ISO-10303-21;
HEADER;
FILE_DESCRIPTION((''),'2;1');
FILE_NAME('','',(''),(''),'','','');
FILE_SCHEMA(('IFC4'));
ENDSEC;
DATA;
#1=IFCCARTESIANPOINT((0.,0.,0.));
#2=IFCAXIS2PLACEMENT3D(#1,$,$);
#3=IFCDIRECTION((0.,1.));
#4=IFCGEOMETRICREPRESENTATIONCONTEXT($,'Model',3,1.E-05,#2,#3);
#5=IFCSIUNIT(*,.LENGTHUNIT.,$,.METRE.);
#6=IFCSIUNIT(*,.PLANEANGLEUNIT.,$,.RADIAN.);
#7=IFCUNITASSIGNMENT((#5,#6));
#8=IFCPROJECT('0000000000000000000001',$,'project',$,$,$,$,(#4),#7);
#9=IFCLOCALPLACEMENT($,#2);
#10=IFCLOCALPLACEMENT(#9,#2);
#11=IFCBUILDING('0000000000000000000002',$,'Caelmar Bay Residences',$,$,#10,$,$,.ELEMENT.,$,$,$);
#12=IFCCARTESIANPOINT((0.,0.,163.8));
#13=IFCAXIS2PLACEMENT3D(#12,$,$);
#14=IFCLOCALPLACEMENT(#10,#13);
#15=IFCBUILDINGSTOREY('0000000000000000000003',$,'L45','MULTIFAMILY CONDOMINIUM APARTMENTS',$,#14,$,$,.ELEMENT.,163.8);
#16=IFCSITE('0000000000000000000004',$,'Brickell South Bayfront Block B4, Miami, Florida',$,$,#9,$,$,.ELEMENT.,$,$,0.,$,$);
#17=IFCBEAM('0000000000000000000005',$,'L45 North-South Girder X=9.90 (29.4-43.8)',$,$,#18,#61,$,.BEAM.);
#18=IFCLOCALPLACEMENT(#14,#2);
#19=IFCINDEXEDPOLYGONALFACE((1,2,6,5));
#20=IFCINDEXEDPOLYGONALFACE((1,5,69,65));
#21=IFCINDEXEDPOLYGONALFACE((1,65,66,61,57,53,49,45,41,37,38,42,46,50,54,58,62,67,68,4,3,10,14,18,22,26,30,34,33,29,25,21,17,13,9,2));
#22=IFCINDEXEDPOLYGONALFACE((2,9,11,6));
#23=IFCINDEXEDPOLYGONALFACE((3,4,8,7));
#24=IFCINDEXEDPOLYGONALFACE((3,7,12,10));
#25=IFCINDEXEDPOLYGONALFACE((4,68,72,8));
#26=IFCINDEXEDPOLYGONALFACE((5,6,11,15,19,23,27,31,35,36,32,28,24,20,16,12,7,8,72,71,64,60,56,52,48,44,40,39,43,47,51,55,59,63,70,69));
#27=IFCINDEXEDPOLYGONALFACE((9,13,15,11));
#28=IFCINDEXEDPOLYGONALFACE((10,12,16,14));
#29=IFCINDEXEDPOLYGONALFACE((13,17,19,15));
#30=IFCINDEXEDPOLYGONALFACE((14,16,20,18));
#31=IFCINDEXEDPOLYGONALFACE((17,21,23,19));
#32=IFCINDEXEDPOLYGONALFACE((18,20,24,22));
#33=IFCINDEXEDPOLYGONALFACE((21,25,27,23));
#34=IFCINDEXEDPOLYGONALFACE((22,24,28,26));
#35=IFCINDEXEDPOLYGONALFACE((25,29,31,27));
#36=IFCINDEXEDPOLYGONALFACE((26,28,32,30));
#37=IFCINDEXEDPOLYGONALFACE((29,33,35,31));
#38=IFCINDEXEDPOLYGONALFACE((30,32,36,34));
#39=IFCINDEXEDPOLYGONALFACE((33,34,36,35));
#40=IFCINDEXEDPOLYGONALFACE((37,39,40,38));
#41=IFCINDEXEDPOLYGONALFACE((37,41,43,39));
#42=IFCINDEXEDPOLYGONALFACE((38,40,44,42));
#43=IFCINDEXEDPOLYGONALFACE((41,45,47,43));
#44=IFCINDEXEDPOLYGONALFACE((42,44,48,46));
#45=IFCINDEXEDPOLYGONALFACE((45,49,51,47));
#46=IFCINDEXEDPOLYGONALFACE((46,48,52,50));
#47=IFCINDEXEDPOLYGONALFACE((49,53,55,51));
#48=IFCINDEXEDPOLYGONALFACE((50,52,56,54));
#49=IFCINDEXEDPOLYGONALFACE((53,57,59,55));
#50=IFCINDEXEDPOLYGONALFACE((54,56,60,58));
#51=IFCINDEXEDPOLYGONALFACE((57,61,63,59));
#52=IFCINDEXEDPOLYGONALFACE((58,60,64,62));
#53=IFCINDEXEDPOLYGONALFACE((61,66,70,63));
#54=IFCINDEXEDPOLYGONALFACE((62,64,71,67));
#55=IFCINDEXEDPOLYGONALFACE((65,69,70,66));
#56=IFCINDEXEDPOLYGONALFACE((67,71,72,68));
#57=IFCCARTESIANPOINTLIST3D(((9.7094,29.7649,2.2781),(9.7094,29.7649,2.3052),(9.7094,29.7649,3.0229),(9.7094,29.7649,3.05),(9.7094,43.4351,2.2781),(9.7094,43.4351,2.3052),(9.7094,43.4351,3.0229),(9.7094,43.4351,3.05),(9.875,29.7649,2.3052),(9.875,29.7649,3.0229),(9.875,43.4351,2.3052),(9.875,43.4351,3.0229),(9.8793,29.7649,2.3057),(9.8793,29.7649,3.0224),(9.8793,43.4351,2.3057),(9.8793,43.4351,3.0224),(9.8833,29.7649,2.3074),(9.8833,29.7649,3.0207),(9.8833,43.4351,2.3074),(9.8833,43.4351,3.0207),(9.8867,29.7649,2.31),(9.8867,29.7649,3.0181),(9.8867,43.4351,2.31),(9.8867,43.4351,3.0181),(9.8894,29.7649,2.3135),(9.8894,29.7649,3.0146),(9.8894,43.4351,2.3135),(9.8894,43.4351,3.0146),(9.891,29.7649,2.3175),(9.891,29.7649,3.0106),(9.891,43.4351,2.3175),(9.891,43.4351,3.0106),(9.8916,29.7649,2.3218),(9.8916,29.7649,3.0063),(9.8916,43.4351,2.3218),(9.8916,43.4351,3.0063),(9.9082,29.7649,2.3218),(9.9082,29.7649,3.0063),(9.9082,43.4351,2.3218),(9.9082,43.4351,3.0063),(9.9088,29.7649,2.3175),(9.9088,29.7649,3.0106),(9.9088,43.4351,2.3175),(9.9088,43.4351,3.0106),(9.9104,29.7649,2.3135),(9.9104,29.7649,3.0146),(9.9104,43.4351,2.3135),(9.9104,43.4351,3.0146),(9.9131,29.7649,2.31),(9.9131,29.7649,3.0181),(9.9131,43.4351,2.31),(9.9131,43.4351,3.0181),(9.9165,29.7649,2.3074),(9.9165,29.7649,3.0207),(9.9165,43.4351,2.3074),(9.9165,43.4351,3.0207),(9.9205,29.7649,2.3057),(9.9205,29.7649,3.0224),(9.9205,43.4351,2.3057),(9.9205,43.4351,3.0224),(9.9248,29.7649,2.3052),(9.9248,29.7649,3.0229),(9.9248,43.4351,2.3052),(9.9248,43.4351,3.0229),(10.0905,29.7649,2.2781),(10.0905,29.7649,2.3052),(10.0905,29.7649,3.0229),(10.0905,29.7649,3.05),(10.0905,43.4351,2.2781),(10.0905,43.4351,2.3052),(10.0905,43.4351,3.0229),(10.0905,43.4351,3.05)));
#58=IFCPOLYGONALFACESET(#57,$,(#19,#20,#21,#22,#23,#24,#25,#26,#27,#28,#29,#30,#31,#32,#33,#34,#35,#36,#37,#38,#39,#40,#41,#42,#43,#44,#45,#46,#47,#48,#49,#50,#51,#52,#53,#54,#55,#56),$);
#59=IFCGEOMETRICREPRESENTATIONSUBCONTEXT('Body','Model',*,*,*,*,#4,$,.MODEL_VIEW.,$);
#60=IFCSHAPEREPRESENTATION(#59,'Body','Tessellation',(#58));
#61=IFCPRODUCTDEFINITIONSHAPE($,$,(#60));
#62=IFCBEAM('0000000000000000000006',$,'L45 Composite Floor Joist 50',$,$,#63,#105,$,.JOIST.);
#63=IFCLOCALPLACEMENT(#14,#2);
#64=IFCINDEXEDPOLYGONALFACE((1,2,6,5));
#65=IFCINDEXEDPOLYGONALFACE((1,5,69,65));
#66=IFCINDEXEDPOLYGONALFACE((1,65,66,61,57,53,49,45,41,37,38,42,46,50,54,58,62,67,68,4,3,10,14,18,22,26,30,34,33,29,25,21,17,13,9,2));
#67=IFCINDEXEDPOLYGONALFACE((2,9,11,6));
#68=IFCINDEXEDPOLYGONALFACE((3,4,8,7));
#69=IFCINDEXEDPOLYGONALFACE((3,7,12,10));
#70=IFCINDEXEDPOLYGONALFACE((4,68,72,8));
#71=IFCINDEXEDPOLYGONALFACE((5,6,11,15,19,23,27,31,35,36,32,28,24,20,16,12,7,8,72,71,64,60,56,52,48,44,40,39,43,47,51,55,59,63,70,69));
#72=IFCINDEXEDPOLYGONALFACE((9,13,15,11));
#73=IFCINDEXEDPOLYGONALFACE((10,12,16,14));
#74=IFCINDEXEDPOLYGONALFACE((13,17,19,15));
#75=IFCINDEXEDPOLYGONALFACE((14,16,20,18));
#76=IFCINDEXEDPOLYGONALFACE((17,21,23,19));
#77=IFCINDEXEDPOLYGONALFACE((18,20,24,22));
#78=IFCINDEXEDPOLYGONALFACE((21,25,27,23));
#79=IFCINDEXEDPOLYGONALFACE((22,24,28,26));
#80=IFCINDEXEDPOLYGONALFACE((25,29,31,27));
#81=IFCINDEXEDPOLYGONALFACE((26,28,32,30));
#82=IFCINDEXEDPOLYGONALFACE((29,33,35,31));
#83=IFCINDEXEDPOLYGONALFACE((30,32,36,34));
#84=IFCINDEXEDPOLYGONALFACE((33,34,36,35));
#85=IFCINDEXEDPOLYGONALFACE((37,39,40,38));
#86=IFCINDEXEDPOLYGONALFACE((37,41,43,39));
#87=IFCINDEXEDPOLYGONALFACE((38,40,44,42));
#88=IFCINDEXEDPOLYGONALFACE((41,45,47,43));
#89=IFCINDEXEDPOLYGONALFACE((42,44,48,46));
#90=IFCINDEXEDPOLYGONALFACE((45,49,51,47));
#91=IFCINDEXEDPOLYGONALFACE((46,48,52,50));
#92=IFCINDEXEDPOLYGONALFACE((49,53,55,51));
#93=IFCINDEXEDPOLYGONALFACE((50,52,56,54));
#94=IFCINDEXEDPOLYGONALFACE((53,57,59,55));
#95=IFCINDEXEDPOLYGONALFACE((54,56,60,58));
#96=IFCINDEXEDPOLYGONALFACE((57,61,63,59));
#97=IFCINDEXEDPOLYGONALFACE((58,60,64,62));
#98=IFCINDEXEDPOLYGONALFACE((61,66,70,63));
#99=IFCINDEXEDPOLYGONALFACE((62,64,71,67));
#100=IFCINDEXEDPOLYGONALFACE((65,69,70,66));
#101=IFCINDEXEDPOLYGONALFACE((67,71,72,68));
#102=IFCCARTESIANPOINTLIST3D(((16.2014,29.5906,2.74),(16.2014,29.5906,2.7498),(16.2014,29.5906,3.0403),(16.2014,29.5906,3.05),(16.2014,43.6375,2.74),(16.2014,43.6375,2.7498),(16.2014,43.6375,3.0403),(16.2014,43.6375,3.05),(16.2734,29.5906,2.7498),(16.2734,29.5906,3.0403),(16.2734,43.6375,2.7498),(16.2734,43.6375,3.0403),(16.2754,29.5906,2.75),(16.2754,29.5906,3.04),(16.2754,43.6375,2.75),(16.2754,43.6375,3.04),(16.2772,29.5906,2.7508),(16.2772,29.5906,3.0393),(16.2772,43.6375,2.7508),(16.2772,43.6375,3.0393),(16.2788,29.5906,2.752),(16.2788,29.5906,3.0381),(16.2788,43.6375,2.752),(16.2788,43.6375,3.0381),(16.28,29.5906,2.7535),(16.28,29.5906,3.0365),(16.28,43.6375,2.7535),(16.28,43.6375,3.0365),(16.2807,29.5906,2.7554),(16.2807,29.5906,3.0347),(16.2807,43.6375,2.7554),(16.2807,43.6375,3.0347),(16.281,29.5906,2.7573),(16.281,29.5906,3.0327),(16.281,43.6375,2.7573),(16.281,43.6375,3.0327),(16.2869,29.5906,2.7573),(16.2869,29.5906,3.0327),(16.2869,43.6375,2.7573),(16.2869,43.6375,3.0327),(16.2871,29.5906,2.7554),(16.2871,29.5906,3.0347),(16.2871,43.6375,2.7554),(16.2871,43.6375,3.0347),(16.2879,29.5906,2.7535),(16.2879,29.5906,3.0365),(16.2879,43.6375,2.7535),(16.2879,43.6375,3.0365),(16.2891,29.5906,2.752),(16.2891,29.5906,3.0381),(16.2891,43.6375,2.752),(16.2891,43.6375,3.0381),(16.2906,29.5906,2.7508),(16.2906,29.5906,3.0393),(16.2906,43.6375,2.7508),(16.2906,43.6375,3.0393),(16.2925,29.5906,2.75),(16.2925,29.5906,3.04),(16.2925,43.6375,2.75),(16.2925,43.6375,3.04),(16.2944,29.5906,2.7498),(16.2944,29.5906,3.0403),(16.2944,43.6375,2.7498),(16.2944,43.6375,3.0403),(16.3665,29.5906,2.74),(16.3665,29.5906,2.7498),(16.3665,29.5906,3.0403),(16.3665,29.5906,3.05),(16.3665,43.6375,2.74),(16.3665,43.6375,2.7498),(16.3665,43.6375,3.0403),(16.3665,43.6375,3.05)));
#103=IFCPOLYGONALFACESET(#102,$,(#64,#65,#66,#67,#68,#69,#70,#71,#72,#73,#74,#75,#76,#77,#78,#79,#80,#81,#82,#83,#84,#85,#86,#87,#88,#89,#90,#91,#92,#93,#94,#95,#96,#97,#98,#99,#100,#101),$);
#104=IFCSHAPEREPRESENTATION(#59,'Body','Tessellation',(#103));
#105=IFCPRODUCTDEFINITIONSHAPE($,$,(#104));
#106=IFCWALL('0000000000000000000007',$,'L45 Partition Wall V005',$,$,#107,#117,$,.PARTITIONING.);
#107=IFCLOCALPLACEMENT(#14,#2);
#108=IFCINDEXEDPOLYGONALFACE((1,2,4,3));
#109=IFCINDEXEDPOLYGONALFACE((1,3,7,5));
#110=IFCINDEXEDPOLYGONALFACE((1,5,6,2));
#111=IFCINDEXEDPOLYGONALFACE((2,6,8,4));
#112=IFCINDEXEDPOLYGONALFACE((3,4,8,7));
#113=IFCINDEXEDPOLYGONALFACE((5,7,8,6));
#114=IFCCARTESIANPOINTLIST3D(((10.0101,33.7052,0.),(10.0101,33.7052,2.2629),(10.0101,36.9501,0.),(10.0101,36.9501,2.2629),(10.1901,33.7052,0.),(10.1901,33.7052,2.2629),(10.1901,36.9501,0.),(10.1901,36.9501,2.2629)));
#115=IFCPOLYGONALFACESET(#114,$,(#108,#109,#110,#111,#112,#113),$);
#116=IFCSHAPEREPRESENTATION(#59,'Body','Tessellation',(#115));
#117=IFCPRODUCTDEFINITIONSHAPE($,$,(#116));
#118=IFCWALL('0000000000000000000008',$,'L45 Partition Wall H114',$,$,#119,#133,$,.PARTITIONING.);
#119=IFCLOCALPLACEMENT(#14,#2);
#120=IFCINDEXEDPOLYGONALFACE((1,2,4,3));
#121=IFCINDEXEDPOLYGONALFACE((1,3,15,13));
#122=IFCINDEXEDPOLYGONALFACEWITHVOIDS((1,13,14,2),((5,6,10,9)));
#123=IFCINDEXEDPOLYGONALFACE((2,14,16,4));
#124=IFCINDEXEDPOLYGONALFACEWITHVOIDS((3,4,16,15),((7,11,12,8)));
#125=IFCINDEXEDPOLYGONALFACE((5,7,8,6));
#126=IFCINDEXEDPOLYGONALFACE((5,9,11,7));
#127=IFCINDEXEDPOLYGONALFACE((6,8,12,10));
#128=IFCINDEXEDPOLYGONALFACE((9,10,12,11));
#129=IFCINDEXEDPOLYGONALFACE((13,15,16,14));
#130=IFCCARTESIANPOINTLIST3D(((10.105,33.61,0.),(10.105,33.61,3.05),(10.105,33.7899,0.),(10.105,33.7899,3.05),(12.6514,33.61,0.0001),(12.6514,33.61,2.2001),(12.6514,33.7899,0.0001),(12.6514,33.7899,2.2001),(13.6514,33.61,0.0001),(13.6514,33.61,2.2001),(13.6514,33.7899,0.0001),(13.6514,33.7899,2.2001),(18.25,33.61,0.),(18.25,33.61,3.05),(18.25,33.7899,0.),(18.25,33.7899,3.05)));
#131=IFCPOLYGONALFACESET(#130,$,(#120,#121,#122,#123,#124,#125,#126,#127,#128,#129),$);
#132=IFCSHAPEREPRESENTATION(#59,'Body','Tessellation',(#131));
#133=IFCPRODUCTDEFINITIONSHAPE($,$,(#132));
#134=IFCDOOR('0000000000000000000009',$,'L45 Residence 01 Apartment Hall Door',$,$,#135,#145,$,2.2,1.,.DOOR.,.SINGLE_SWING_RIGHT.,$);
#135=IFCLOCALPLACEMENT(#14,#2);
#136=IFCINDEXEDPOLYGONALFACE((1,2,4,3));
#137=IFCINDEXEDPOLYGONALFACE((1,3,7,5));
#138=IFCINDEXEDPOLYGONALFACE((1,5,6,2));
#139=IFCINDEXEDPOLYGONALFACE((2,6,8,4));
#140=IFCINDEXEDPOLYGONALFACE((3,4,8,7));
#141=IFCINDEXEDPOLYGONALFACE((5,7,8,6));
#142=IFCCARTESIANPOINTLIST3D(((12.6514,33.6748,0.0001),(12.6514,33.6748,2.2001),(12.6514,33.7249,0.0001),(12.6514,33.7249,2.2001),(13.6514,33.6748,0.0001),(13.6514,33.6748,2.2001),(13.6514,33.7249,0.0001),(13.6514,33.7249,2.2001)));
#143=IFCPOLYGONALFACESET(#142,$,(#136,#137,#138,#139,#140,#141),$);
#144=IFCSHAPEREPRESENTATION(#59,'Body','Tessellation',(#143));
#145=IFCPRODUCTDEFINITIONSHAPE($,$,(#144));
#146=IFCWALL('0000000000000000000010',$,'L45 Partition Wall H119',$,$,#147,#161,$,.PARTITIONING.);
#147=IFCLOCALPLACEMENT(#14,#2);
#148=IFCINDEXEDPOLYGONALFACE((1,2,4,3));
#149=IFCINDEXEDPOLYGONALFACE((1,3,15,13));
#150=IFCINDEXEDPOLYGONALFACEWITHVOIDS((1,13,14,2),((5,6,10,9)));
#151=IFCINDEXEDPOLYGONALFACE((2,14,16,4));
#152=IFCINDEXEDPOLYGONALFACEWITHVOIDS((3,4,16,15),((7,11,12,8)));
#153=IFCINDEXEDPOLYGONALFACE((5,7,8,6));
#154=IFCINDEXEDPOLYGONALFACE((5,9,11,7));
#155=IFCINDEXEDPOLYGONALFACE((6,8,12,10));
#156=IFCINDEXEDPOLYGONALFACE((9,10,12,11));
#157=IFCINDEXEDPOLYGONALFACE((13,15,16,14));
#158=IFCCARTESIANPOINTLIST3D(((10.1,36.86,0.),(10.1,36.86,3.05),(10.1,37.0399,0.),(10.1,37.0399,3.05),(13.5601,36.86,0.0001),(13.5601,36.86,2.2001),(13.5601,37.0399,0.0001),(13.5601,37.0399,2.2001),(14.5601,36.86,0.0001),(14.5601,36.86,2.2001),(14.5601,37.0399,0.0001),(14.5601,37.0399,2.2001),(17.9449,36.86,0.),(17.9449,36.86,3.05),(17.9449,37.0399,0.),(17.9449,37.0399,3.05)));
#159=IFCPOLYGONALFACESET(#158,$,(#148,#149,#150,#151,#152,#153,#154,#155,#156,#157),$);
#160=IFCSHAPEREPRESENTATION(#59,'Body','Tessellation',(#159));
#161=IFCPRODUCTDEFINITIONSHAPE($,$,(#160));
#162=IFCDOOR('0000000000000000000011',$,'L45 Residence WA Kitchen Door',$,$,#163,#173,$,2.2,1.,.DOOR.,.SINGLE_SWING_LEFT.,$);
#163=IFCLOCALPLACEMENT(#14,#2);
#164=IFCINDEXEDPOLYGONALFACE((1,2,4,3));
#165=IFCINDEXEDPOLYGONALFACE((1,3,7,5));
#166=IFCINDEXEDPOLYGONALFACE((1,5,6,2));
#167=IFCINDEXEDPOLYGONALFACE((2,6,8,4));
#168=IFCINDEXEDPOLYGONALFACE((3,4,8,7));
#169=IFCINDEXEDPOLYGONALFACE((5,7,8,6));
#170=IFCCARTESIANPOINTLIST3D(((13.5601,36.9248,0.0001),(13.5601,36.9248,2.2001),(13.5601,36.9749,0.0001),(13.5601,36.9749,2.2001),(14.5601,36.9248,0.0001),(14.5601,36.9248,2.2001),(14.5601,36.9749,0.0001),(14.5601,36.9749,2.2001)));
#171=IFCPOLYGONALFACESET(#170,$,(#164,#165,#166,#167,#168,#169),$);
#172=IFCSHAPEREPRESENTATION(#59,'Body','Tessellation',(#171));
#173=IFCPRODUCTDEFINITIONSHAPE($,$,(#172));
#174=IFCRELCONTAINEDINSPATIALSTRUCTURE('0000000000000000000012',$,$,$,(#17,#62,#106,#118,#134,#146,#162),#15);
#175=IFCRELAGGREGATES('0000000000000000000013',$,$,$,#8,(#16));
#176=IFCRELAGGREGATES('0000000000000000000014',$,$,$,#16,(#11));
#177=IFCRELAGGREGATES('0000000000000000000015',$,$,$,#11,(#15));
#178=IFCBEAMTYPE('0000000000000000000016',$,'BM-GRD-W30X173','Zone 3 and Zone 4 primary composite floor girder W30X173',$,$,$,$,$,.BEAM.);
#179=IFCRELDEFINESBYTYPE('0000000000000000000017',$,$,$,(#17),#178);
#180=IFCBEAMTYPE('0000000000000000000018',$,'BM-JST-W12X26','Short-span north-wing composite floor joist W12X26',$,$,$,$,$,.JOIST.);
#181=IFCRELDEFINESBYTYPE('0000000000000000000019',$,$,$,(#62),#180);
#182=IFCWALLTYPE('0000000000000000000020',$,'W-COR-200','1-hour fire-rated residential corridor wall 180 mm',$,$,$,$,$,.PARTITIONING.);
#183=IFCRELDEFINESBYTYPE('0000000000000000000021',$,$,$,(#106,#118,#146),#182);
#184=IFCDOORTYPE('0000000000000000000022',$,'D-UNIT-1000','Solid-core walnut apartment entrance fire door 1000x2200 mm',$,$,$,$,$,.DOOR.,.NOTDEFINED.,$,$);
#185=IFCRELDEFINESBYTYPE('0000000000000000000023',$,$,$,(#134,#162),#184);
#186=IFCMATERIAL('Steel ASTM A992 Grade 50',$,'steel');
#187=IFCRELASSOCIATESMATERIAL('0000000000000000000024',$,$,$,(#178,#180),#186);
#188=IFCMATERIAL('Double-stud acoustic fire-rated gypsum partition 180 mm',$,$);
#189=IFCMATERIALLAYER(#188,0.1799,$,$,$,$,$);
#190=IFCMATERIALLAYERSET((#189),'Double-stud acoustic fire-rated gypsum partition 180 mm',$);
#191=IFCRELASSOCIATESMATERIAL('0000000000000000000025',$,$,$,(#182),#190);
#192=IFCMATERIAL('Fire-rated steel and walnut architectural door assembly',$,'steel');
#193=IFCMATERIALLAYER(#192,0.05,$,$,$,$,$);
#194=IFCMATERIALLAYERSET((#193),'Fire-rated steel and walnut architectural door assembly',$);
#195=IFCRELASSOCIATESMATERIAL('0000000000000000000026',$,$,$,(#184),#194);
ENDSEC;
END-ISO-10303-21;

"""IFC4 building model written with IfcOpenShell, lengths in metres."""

from ifc_helpers import new_model, si_unit, direction, frame, frame_2d, origin, origin_2d, place, context, subcontext, project, spatial, rectangle, i_section, extrude, material, layer, layer_set, material_profile, profile_set, type_object, element, fill, save


model = new_model("IFC4")

# Units and contexts
model_context = context("Model", 3, precision=1e-05, world=origin(), true_north=direction((0.0, 1.0)))
body_context = subcontext(model_context, "Body", "Model", "MODEL_VIEW")
ifc_project = project(units=[si_unit("LENGTHUNIT", "METRE"), si_unit("PLANEANGLEUNIT", "RADIAN")], contexts=[model_context])

# Site, building, storey
site_placement = place(None, origin())
site = spatial("IfcSite", under=ifc_project, at=site_placement, Name="Brickell South Bayfront Block B4, Miami, Florida", CompositionType="ELEMENT", RefElevation=0.0)
building_placement = place(site_placement, origin())
building = spatial("IfcBuilding", under=site, at=building_placement, Name="Caelmar Bay Residences", CompositionType="ELEMENT")
storey_placement = place(building_placement, frame((0.0, 0.0, 163.8)))
storey = spatial("IfcBuildingStorey", under=building, at=storey_placement, Name="L45", Description="MULTIFAMILY CONDOMINIUM APARTMENTS", CompositionType="ELEMENT", Elevation=163.8)

# Beams
ifc_material_1 = material(Name="Steel ASTM A992 Grade 50", Category="steel")
ifc_material_profile_1 = material_profile(ifc_material_1, i_section(OverallWidth=0.3811, OverallDepth=0.772, WebThickness=0.0166, FlangeThickness=0.0271, FilletRadius=0.0166, at=origin_2d()), Name="W30X173")
ifc_profile_set_1 = profile_set([ifc_material_profile_1], Name="Steel ASTM A992 Grade 50")
beam_type_1 = type_object("IfcBeamType", Name="BM-GRD-W30X173", Description="Zone 3 and Zone 4 primary composite floor girder W30X173", PredefinedType="BEAM", material=ifc_profile_set_1)
beam_1_placement = place(storey_placement, frame((9.8999, 29.7649, 2.6641), z_axis=(0.0, 1.0, 0.0), x_axis=(-1.0, 0.0, 0.0)))
element("IfcBeam", 1, at=beam_1_placement, inside=storey, type_object=beam_type_1, Name="L45 North-South Girder X=9.90 (29.4-43.8)", PredefinedType="BEAM", context=body_context, shape_type="SweptSolid", body=[
    extrude(i_section(OverallWidth=0.3811, OverallDepth=0.772, WebThickness=0.0166, FlangeThickness=0.0271, FilletRadius=0.0166, at=origin_2d()), origin(), (0.0, 0.0, 1.0), 13.6702),
])
ifc_material_profile_2 = material_profile(ifc_material_1, i_section(OverallWidth=0.165, OverallDepth=0.3101, WebThickness=0.0059, FlangeThickness=0.0098, FilletRadius=0.0076, at=origin_2d()), Name="W12X26")
ifc_profile_set_2 = profile_set([ifc_material_profile_2], Name="Steel ASTM A992 Grade 50")
beam_type_2 = type_object("IfcBeamType", Name="BM-JST-W12X26", Description="Short-span north-wing composite floor joist W12X26", PredefinedType="JOIST", material=ifc_profile_set_2)
beam_2_placement = place(storey_placement, frame((16.2839, 29.5906, 2.895), z_axis=(0.0, 1.0, 0.0), x_axis=(-1.0, 0.0, 0.0)))
element("IfcBeam", 2, at=beam_2_placement, inside=storey, type_object=beam_type_2, Name="L45 Composite Floor Joist 50", PredefinedType="JOIST", context=body_context, shape_type="SweptSolid", body=[
    extrude(i_section(OverallWidth=0.165, OverallDepth=0.3101, WebThickness=0.0059, FlangeThickness=0.0098, FilletRadius=0.0076, at=origin_2d()), origin(), (0.0, 0.0, 1.0), 14.0469),
])

# Shared definitions
ifc_material_2 = material(Name="Fire-rated steel and walnut architectural door assembly", Category="steel")

# Wall
ifc_material_3 = material(Name="Double-stud acoustic fire-rated gypsum partition 180 mm")
ifc_layer_1 = layer(ifc_material_3, 0.1799)
ifc_layer_set_1 = layer_set([ifc_layer_1], Name="Double-stud acoustic fire-rated gypsum partition 180 mm")
wall_type_1 = type_object("IfcWallType", Name="W-COR-200", Description="1-hour fire-rated residential corridor wall 180 mm", PredefinedType="PARTITIONING", material=ifc_layer_set_1)
wall_1_placement = place(storey_placement, frame((10.1001, 33.7051, 0.0), z_axis=(0.0, 0.0, 1.0), x_axis=(0.0, 1.0, 0.0)))
element("IfcWall", 3, at=wall_1_placement, inside=storey, type_object=wall_type_1, Name="L45 Partition Wall V005", PredefinedType="PARTITIONING", context=body_context, shape_type="SweptSolid", body=[
    extrude(rectangle(XDim=3.2449, YDim=0.1799, at=frame_2d((1.6226, 0.0))), origin(), (0.0, 0.0, 1.0), 2.2629),
])

# Walls, openings, doors
wall_2_placement = place(storey_placement, frame((10.105, 33.7, 0.0), z_axis=(0.0, 0.0, 1.0), x_axis=(1.0, 0.0, 0.0)))
wall_2 = element("IfcWall", 4, at=wall_2_placement, inside=storey, type_object=wall_type_1, Name="L45 Partition Wall H114", PredefinedType="PARTITIONING", context=body_context, shape_type="SweptSolid", body=[
    extrude(rectangle(XDim=8.145, YDim=0.1799, at=frame_2d((4.0725, 0.0))), origin(), (0.0, 0.0, 1.0), 3.05),
])
opening_1_placement = place(wall_2_placement, frame((2.5464, 0.0, 0.0)))
opening_1 = element("IfcOpeningElement", 5, at=opening_1_placement, cuts=wall_2, PredefinedType="OPENING", context=body_context, shape_type="SweptSolid", body=[
    extrude(rectangle(XDim=1.0, YDim=2.2, at=frame_2d((0.5, 1.1001))), frame((0.0, 0.0999, 0.0), z_axis=(0.0, -1.0, 0.0), x_axis=(1.0, 0.0, 0.0)), (0.0, 0.0, 1.0), 0.2),
])
ifc_layer_2 = layer(ifc_material_2, 0.05)
ifc_layer_set_2 = layer_set([ifc_layer_2], Name="Fire-rated steel and walnut architectural door assembly")
door_type_1 = type_object("IfcDoorType", Name="D-UNIT-1000", Description="Solid-core walnut apartment entrance fire door 1000x2200 mm", OperationType="NOTDEFINED", PredefinedType="DOOR", material=ifc_layer_set_2)
door_1_placement = place(opening_1_placement, origin())
door_1 = element("IfcDoor", 6, at=door_1_placement, inside=storey, type_object=door_type_1, Name="L45 Residence 01 Apartment Hall Door", OperationType="SINGLE_SWING_RIGHT", OverallHeight=2.2, OverallWidth=1.0, PredefinedType="DOOR", context=body_context, shape_type="SweptSolid", body=[
    extrude(rectangle(XDim=1.0, YDim=2.2, at=frame_2d((0.5, 1.1001))), frame((0.0, 0.0249, 0.0), z_axis=(0.0, -1.0, 0.0), x_axis=(1.0, 0.0, 0.0)), (0.0, 0.0, 1.0), 0.05),
])
fill(opening_1, door_1)
wall_3_placement = place(storey_placement, frame((10.1001, 36.95, 0.0), z_axis=(0.0, 0.0, 1.0), x_axis=(1.0, 0.0, 0.0)))
wall_3 = element("IfcWall", 7, at=wall_3_placement, inside=storey, type_object=wall_type_1, Name="L45 Partition Wall H119", PredefinedType="PARTITIONING", context=body_context, shape_type="SweptSolid", body=[
    extrude(rectangle(XDim=7.845, YDim=0.1799, at=frame_2d((3.9224, 0.0))), origin(), (0.0, 0.0, 1.0), 3.05),
])
opening_2_placement = place(wall_3_placement, frame((3.46, 0.0, 0.0)))
opening_2 = element("IfcOpeningElement", 8, at=opening_2_placement, cuts=wall_3, PredefinedType="OPENING", context=body_context, shape_type="SweptSolid", body=[
    extrude(rectangle(XDim=1.0, YDim=2.2, at=frame_2d((0.5, 1.1001))), frame((0.0, 0.0999, 0.0), z_axis=(0.0, -1.0, 0.0), x_axis=(1.0, 0.0, 0.0)), (0.0, 0.0, 1.0), 0.2),
])
door_2_placement = place(opening_2_placement, origin())
door_2 = element("IfcDoor", 9, at=door_2_placement, inside=storey, type_object=door_type_1, Name="L45 Residence WA Kitchen Door", OperationType="SINGLE_SWING_LEFT", OverallHeight=2.2, OverallWidth=1.0, PredefinedType="DOOR", context=body_context, shape_type="SweptSolid", body=[
    extrude(rectangle(XDim=1.0, YDim=2.2, at=frame_2d((0.5, 1.1001))), frame((0.0, 0.0249, 0.0), z_axis=(0.0, -1.0, 0.0), x_axis=(1.0, 0.0, 0.0)), (0.0, 0.0, 1.0), 0.05),
])
fill(opening_2, door_2)

save(model, "model.ifc")
